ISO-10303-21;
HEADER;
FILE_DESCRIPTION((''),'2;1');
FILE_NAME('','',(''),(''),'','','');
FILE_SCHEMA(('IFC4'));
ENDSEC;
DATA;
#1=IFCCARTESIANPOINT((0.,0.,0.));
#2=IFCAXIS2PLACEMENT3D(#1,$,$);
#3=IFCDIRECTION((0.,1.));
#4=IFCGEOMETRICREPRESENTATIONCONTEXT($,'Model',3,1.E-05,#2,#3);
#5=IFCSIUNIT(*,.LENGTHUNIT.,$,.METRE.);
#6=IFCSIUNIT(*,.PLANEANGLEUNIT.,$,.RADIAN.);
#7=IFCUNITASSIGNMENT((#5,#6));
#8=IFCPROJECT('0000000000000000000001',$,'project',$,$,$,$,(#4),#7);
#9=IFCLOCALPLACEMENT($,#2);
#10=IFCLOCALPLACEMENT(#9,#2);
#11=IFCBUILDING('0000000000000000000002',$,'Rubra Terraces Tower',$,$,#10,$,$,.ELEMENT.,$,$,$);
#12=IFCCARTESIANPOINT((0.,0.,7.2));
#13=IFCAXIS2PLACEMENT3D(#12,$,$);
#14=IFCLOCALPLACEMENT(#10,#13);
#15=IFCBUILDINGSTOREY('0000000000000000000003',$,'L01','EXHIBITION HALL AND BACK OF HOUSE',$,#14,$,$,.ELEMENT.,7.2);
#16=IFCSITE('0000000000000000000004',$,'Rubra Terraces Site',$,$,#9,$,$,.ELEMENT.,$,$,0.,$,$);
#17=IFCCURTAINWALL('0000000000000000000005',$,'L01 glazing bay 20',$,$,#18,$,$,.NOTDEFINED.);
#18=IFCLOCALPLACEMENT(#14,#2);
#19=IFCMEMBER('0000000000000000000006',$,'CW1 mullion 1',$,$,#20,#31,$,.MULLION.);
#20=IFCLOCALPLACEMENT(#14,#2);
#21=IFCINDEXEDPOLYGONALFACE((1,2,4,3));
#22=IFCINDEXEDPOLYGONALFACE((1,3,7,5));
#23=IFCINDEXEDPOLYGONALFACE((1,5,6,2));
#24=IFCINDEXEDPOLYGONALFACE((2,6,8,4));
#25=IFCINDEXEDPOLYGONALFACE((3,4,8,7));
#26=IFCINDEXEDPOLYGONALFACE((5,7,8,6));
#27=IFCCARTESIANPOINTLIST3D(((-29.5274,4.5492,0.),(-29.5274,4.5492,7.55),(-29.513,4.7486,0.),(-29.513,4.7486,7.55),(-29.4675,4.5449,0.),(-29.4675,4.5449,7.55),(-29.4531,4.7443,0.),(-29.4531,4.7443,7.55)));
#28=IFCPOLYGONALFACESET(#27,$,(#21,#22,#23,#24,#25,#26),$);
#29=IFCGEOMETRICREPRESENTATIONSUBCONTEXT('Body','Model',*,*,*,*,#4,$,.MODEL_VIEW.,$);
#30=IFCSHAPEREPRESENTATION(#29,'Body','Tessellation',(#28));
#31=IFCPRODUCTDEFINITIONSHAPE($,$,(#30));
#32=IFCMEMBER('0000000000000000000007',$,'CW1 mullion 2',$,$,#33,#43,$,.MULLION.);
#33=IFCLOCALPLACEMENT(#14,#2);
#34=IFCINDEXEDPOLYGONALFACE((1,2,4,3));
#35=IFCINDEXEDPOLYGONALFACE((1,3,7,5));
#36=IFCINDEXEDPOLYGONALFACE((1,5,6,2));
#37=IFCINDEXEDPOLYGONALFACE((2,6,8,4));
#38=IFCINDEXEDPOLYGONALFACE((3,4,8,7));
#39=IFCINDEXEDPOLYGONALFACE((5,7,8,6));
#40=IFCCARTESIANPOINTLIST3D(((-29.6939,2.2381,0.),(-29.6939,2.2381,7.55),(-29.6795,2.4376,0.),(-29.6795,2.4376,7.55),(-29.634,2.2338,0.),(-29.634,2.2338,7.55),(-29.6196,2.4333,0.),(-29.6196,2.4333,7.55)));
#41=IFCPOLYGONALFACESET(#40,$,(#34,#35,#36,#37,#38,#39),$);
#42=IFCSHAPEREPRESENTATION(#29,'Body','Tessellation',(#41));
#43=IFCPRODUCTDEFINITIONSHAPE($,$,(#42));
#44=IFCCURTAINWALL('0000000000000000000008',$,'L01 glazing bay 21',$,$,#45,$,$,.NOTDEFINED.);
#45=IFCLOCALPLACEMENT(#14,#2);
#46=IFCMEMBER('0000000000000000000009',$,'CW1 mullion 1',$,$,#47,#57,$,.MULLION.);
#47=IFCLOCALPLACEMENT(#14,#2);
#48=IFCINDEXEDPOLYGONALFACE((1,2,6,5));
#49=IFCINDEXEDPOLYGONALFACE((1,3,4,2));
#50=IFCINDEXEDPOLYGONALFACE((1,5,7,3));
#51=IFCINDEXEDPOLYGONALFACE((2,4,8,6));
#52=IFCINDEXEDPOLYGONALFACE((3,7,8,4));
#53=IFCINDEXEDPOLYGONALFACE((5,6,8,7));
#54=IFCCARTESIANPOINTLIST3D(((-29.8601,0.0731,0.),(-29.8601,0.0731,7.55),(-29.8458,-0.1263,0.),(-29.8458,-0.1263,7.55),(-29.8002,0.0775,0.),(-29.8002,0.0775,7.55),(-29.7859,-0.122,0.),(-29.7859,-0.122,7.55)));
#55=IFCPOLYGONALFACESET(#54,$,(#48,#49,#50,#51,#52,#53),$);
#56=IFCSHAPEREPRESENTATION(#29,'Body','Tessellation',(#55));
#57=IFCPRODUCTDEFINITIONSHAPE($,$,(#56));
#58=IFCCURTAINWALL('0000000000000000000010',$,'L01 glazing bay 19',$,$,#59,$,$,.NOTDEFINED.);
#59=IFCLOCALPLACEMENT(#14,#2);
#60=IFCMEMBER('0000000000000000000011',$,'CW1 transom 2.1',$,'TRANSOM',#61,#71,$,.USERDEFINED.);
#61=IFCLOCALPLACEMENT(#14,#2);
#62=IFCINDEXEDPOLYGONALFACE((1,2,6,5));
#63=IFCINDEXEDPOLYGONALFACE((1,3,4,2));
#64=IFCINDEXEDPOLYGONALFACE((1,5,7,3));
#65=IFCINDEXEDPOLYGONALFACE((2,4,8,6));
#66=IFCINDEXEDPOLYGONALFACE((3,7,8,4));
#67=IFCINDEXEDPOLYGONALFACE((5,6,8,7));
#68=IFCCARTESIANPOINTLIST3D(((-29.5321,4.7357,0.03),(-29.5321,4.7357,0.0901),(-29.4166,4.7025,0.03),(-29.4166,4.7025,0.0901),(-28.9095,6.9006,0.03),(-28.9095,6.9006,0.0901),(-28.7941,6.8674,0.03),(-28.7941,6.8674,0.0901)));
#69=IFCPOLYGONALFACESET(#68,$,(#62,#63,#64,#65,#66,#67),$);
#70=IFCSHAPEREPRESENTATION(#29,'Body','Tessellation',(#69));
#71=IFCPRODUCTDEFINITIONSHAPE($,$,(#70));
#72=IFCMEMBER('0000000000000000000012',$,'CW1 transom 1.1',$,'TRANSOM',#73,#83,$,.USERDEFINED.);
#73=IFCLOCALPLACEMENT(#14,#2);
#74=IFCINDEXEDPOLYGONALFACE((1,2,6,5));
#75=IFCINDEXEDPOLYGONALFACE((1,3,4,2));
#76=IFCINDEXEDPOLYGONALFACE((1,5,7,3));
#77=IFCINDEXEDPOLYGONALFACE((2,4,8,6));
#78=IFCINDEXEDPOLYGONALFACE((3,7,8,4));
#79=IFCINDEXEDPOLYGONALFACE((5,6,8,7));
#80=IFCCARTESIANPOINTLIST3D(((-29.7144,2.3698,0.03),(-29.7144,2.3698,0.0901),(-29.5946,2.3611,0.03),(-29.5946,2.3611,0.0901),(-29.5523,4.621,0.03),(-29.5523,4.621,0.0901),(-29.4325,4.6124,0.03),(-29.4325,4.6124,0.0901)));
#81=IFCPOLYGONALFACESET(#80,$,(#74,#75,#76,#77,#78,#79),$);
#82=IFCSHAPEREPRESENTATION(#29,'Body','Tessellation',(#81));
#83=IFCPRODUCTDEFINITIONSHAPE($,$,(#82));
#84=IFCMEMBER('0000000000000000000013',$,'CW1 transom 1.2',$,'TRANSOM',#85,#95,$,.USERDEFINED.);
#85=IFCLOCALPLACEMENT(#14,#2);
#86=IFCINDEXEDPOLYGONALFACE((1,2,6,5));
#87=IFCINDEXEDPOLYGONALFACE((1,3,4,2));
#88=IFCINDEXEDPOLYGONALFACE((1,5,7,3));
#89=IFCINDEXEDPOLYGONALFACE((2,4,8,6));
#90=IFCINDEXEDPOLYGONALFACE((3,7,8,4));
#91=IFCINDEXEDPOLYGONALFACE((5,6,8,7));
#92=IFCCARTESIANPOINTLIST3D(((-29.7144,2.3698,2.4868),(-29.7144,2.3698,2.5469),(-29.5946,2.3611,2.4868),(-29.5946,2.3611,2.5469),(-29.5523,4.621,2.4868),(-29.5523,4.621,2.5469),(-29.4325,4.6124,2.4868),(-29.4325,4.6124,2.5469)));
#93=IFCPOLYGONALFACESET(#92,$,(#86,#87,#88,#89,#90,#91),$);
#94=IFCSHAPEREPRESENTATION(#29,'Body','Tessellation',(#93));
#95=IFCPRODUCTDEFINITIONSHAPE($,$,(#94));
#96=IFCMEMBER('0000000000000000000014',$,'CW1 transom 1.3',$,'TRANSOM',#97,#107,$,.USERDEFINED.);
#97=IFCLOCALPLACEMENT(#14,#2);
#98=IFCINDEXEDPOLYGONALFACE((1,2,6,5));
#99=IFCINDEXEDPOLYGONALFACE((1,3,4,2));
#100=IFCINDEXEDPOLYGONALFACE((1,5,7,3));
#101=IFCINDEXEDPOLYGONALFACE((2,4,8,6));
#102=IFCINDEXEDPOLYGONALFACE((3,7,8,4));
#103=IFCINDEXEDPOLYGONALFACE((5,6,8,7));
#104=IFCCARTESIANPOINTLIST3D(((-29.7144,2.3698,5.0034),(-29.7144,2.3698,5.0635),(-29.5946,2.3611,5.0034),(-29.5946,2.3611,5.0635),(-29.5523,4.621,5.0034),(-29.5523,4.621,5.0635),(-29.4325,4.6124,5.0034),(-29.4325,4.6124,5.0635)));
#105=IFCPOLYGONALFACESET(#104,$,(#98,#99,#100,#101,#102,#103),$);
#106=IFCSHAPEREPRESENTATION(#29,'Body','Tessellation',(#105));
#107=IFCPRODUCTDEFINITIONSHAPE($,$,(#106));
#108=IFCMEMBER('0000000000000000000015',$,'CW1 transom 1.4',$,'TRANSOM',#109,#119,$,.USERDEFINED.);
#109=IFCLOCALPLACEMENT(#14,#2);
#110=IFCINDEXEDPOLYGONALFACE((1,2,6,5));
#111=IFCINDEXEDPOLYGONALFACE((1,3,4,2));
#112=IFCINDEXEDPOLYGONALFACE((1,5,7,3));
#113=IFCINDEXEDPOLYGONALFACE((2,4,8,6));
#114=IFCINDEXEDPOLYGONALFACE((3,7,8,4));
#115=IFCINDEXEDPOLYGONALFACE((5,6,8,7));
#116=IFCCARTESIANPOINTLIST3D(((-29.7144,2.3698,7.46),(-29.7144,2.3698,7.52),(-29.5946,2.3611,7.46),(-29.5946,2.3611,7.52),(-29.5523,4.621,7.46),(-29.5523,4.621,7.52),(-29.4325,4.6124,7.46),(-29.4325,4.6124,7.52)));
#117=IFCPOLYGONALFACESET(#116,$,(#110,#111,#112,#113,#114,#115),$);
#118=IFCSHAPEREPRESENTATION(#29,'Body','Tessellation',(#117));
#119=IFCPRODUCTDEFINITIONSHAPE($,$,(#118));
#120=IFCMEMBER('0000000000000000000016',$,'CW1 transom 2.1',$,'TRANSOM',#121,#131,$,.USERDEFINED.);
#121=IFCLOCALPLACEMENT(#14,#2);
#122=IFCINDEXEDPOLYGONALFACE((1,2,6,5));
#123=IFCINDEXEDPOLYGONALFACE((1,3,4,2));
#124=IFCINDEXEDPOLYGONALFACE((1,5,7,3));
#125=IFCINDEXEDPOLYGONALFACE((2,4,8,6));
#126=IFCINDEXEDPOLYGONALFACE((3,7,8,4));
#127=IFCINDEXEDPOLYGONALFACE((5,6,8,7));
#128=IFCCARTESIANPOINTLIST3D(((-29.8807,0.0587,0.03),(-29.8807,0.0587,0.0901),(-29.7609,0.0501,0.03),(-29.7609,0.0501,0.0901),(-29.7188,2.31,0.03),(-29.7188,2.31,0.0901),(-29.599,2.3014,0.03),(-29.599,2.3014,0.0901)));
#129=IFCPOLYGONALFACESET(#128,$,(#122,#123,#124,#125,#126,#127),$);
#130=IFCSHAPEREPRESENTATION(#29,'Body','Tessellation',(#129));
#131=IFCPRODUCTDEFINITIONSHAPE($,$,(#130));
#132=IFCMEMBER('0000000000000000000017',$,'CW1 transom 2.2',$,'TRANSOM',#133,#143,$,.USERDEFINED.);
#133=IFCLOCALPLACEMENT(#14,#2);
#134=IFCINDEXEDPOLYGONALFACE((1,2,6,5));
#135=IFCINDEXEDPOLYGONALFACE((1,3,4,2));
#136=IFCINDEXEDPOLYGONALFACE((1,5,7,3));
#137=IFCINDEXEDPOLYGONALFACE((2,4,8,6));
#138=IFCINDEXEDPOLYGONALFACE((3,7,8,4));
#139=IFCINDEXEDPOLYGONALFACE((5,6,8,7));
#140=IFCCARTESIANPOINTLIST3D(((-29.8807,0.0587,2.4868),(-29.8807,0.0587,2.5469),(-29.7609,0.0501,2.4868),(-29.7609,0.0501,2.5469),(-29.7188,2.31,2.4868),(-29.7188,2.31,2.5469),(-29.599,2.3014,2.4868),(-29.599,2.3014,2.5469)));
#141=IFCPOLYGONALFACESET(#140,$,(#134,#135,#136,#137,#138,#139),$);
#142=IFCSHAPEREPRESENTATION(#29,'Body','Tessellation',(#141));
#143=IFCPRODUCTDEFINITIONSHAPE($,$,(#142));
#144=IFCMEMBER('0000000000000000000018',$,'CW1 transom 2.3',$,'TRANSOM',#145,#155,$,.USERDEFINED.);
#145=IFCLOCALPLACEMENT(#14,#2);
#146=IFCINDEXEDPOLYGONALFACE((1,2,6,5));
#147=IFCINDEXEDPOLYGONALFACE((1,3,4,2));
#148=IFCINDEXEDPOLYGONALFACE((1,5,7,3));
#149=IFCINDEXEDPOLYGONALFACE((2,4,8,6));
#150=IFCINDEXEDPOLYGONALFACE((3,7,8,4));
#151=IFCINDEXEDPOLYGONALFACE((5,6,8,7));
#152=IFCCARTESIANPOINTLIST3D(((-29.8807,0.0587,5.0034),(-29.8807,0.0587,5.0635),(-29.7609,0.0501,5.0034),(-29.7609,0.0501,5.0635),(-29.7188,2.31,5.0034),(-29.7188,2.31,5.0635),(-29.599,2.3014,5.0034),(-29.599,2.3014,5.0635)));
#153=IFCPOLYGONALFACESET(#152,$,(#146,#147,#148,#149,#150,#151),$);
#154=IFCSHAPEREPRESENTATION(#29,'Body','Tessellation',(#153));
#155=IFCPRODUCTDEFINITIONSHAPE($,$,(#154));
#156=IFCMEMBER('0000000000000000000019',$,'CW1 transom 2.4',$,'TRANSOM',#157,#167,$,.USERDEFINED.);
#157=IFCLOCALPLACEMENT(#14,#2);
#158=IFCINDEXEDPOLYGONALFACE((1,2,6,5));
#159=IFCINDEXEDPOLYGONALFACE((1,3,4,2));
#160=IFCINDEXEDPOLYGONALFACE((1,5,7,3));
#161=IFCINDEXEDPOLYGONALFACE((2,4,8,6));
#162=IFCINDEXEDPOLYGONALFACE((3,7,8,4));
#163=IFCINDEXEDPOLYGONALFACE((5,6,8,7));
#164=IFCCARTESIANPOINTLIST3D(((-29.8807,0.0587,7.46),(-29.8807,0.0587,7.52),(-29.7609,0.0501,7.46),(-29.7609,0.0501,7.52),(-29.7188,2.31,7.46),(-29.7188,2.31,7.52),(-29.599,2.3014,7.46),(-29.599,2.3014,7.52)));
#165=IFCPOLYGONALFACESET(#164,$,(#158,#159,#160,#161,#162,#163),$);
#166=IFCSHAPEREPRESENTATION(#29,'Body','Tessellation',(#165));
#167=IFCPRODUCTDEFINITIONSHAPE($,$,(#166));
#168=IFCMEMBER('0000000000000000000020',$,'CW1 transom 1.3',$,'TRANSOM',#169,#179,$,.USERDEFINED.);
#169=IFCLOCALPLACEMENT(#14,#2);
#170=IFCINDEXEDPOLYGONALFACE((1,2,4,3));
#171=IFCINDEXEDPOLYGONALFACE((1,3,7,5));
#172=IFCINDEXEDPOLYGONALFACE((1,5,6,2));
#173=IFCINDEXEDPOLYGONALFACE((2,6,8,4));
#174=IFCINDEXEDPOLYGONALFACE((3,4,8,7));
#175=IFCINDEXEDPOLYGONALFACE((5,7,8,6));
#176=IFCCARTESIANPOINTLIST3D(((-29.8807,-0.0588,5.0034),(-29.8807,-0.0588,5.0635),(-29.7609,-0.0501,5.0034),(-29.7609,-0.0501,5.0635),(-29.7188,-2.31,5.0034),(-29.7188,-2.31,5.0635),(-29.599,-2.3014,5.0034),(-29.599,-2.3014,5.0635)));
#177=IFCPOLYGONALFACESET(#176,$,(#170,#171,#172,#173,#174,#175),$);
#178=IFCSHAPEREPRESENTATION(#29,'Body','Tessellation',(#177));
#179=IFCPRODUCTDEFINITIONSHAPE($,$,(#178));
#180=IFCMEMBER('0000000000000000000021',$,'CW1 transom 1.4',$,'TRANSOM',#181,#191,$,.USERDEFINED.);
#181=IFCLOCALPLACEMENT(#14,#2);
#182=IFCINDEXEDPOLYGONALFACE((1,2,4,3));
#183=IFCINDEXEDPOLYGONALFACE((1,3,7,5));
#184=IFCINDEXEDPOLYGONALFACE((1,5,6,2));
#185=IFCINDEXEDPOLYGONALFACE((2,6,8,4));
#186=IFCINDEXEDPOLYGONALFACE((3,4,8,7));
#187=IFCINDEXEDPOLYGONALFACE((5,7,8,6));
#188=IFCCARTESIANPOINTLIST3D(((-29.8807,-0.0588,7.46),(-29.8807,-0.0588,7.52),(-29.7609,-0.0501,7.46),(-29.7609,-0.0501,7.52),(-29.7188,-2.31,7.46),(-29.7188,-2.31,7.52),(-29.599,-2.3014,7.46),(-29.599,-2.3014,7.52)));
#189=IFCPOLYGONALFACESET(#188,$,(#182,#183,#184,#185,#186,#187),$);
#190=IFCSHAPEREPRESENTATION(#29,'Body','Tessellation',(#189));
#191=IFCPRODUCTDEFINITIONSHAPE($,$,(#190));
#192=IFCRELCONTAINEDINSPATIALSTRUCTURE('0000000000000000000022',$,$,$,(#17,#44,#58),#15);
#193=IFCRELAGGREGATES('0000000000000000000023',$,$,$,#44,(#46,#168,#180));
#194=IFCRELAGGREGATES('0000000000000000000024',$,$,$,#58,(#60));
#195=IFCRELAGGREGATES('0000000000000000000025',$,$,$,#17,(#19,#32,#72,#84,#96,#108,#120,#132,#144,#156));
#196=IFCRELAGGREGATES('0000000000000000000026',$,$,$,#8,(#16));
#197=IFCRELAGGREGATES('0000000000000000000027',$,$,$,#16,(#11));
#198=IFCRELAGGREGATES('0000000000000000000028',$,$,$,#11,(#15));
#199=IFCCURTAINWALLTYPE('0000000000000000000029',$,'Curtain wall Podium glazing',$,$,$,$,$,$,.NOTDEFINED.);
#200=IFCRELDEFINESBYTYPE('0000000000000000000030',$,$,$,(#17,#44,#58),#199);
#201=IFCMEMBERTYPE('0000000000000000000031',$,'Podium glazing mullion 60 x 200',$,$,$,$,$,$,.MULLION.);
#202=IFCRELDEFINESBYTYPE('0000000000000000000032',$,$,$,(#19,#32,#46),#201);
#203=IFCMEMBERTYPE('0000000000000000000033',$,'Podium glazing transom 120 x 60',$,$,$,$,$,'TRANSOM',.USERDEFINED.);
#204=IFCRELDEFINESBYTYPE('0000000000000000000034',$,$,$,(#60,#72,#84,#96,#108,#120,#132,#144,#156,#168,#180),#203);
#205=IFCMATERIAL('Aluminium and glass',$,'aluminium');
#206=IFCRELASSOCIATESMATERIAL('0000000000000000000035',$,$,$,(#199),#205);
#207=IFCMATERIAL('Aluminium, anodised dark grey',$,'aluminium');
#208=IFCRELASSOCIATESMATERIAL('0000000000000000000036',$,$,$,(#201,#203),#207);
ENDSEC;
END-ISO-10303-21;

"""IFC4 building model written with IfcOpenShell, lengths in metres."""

from ifc_helpers import new_model, si_unit, direction, frame, origin, origin_2d, place, context, subcontext, project, spatial, rectangle, extrude, material, material_profile, profile_set, type_object, element, aggregate, save


model = new_model("IFC4")

# Units and contexts
model_context = context("Model", 3, precision=1e-05, world=origin(), true_north=direction((0.0, 1.0)))
body_context = subcontext(model_context, "Body", "Model", "MODEL_VIEW")
ifc_project = project(units=[si_unit("LENGTHUNIT", "METRE"), si_unit("PLANEANGLEUNIT", "RADIAN")], contexts=[model_context])

# Site, building, storey
site_placement = place(None, origin())
site = spatial("IfcSite", under=ifc_project, at=site_placement, Name="Rubra Terraces Site", CompositionType="ELEMENT", RefElevation=0.0)
building_placement = place(site_placement, origin())
building = spatial("IfcBuilding", under=site, at=building_placement, Name="Rubra Terraces Tower", CompositionType="ELEMENT")
storey_placement = place(building_placement, frame((0.0, 0.0, 7.2)))
storey = spatial("IfcBuildingStorey", under=building, at=storey_placement, Name="L01", Description="EXHIBITION HALL AND BACK OF HOUSE", CompositionType="ELEMENT", Elevation=7.2)

# Curtain wall, members
ifc_material_1 = material(Name="Aluminium and glass", Category="aluminium")
curtain_wall_type = type_object("IfcCurtainWallType", Name="Curtain wall Podium glazing", PredefinedType="NOTDEFINED", material=ifc_material_1)
curtain_wall_1_placement = place(storey_placement, origin())
curtain_wall_1 = element("IfcCurtainWall", 1, at=curtain_wall_1_placement, inside=storey, type_object=curtain_wall_type, Name="L01 glazing bay 20", PredefinedType="NOTDEFINED")
ifc_material_2 = material(Name="Aluminium, anodised dark grey", Category="aluminium")
ifc_material_profile_1 = material_profile(ifc_material_2, rectangle(XDim=0.0601, YDim=0.2, at=origin_2d()), Name="AL 60x200")
ifc_profile_set_1 = profile_set([ifc_material_profile_1], Name="Aluminium, anodised dark grey")
member_type_1 = type_object("IfcMemberType", Name="Podium glazing mullion 60 x 200", PredefinedType="MULLION", material=ifc_profile_set_1)
member_1_placement = place(storey_placement, frame((-29.4902, 4.6467, 0.0), z_axis=(0.0, 0.0, 1.0), x_axis=(0.99742, -0.071792, 0.0)))
member_1 = element("IfcMember", 2, at=member_1_placement, type_object=member_type_1, Name="CW1 mullion 1", PredefinedType="MULLION", context=body_context, shape_type="SweptSolid", body=[
    extrude(rectangle(XDim=0.0601, YDim=0.2, at=origin_2d()), origin(), (0.0, 0.0, 1.0), 7.55),
])
member_2_placement = place(storey_placement, frame((-29.6567, 2.3357, 0.0), z_axis=(0.0, 0.0, 1.0), x_axis=(0.99742, -0.071792, 0.0)))
member_2 = element("IfcMember", 3, at=member_2_placement, type_object=member_type_1, Name="CW1 mullion 2", PredefinedType="MULLION", context=body_context, shape_type="SweptSolid", body=[
    extrude(rectangle(XDim=0.0601, YDim=0.2, at=origin_2d()), origin(), (0.0, 0.0, 1.0), 7.55),
])

# Curtain walls, members
curtain_wall_2_placement = place(storey_placement, origin())
curtain_wall_2 = element("IfcCurtainWall", 4, at=curtain_wall_2_placement, inside=storey, type_object=curtain_wall_type, Name="L01 glazing bay 21", PredefinedType="NOTDEFINED")
member_3_placement = place(storey_placement, frame((-29.823, -0.0244, 0.0), z_axis=(0.0, 0.0, 1.0), x_axis=(0.99742, 0.071792, 0.0)))
member_3 = element("IfcMember", 5, at=member_3_placement, type_object=member_type_1, Name="CW1 mullion 1", PredefinedType="MULLION", context=body_context, shape_type="SweptSolid", body=[
    extrude(rectangle(XDim=0.0601, YDim=0.2, at=origin_2d()), origin(), (0.0, 0.0, 1.0), 7.55),
])
curtain_wall_3_placement = place(storey_placement, origin())
curtain_wall_3 = element("IfcCurtainWall", 6, at=curtain_wall_3_placement, inside=storey, type_object=curtain_wall_type, Name="L01 glazing bay 19", PredefinedType="NOTDEFINED")
ifc_material_profile_2 = material_profile(ifc_material_2, rectangle(XDim=0.1201, YDim=0.0601, at=origin_2d()), Name="AL 120x60")
ifc_profile_set_2 = profile_set([ifc_material_profile_2], Name="Aluminium, anodised dark grey")
member_type_2 = type_object("IfcMemberType", Name="Podium glazing transom 120 x 60", ElementType="TRANSOM", PredefinedType="USERDEFINED", material=ifc_profile_set_2)
member_4_placement = place(storey_placement, frame((-28.8518, 6.884, 0.0601), z_axis=(-0.276352, -0.961056, 0.0), x_axis=(0.961056, -0.276352, 0.0)))
member_4 = element("IfcMember", 7, at=member_4_placement, type_object=member_type_2, Name="CW1 transom 2.1", ObjectType="TRANSOM", PredefinedType="USERDEFINED", context=body_context, shape_type="SweptSolid", body=[
    extrude(rectangle(XDim=0.1201, YDim=0.0601, at=origin_2d()), origin(), (0.0, 0.0, 1.0), 2.2527),
])

# Members
member_5_placement = place(storey_placement, frame((-29.4924, 4.6167, 0.0601), z_axis=(-0.071824, -0.997417, 0.0), x_axis=(0.997417, -0.071824, 0.0)))
member_5 = element("IfcMember", 8, at=member_5_placement, type_object=member_type_2, Name="CW1 transom 1.1", ObjectType="TRANSOM", PredefinedType="USERDEFINED", context=body_context, shape_type="SweptSolid", body=[
    extrude(rectangle(XDim=0.1201, YDim=0.0601, at=origin_2d()), origin(), (0.0, 0.0, 1.0), 2.2571),
])
member_6_placement = place(storey_placement, frame((-29.4924, 4.6167, 2.5168), z_axis=(-0.071824, -0.997417, 0.0), x_axis=(0.997417, -0.071824, 0.0)))
member_6 = element("IfcMember", 9, at=member_6_placement, type_object=member_type_2, Name="CW1 transom 1.2", ObjectType="TRANSOM", PredefinedType="USERDEFINED", context=body_context, shape_type="SweptSolid", body=[
    extrude(rectangle(XDim=0.1201, YDim=0.0601, at=origin_2d()), origin(), (0.0, 0.0, 1.0), 2.2571),
])
member_7_placement = place(storey_placement, frame((-29.4924, 4.6167, 5.0334), z_axis=(-0.071824, -0.997417, 0.0), x_axis=(0.997417, -0.071824, 0.0)))
member_7 = element("IfcMember", 10, at=member_7_placement, type_object=member_type_2, Name="CW1 transom 1.3", ObjectType="TRANSOM", PredefinedType="USERDEFINED", context=body_context, shape_type="SweptSolid", body=[
    extrude(rectangle(XDim=0.1201, YDim=0.0601, at=origin_2d()), origin(), (0.0, 0.0, 1.0), 2.2571),
])
member_8_placement = place(storey_placement, frame((-29.4924, 4.6167, 7.49), z_axis=(-0.071824, -0.997417, 0.0), x_axis=(0.997417, -0.071824, 0.0)))
member_8 = element("IfcMember", 11, at=member_8_placement, type_object=member_type_2, Name="CW1 transom 1.4", ObjectType="TRANSOM", PredefinedType="USERDEFINED", context=body_context, shape_type="SweptSolid", body=[
    extrude(rectangle(XDim=0.1201, YDim=0.0601, at=origin_2d()), origin(), (0.0, 0.0, 1.0), 2.2571),
])
member_9_placement = place(storey_placement, frame((-29.6589, 2.3057, 0.0601), z_axis=(-0.071716, -0.997425, 0.0), x_axis=(0.997425, -0.071716, 0.0)))
member_9 = element("IfcMember", 12, at=member_9_placement, type_object=member_type_2, Name="CW1 transom 2.1", ObjectType="TRANSOM", PredefinedType="USERDEFINED", context=body_context, shape_type="SweptSolid", body=[
    extrude(rectangle(XDim=0.1201, YDim=0.0601, at=origin_2d()), origin(), (0.0, 0.0, 1.0), 2.2571),
])
member_10_placement = place(storey_placement, frame((-29.6589, 2.3057, 2.5168), z_axis=(-0.071716, -0.997425, 0.0), x_axis=(0.997425, -0.071716, 0.0)))
member_10 = element("IfcMember", 13, at=member_10_placement, type_object=member_type_2, Name="CW1 transom 2.2", ObjectType="TRANSOM", PredefinedType="USERDEFINED", context=body_context, shape_type="SweptSolid", body=[
    extrude(rectangle(XDim=0.1201, YDim=0.0601, at=origin_2d()), origin(), (0.0, 0.0, 1.0), 2.2571),
])
member_11_placement = place(storey_placement, frame((-29.6589, 2.3057, 5.0334), z_axis=(-0.071716, -0.997425, 0.0), x_axis=(0.997425, -0.071716, 0.0)))
member_11 = element("IfcMember", 14, at=member_11_placement, type_object=member_type_2, Name="CW1 transom 2.3", ObjectType="TRANSOM", PredefinedType="USERDEFINED", context=body_context, shape_type="SweptSolid", body=[
    extrude(rectangle(XDim=0.1201, YDim=0.0601, at=origin_2d()), origin(), (0.0, 0.0, 1.0), 2.2571),
])
member_12_placement = place(storey_placement, frame((-29.6589, 2.3057, 7.49), z_axis=(-0.071716, -0.997425, 0.0), x_axis=(0.997425, -0.071716, 0.0)))
member_12 = element("IfcMember", 15, at=member_12_placement, type_object=member_type_2, Name="CW1 transom 2.4", ObjectType="TRANSOM", PredefinedType="USERDEFINED", context=body_context, shape_type="SweptSolid", body=[
    extrude(rectangle(XDim=0.1201, YDim=0.0601, at=origin_2d()), origin(), (0.0, 0.0, 1.0), 2.2571),
])
member_13_placement = place(storey_placement, frame((-29.8208, -0.0544, 5.0334), z_axis=(0.071716, -0.997425, 0.0), x_axis=(0.997425, 0.071716, 0.0)))
member_13 = element("IfcMember", 16, at=member_13_placement, type_object=member_type_2, Name="CW1 transom 1.3", ObjectType="TRANSOM", PredefinedType="USERDEFINED", context=body_context, shape_type="SweptSolid", body=[
    extrude(rectangle(XDim=0.1201, YDim=0.0601, at=origin_2d()), origin(), (0.0, 0.0, 1.0), 2.2571),
])
member_14_placement = place(storey_placement, frame((-29.8208, -0.0544, 7.49), z_axis=(0.071716, -0.997425, 0.0), x_axis=(0.997425, 0.071716, 0.0)))
member_14 = element("IfcMember", 17, at=member_14_placement, type_object=member_type_2, Name="CW1 transom 1.4", ObjectType="TRANSOM", PredefinedType="USERDEFINED", context=body_context, shape_type="SweptSolid", body=[
    extrude(rectangle(XDim=0.1201, YDim=0.0601, at=origin_2d()), origin(), (0.0, 0.0, 1.0), 2.2571),
])
aggregate(curtain_wall_2, [member_3, member_13, member_14])

aggregate(curtain_wall_3, [member_4])
aggregate(curtain_wall_1, [member_1, member_2, member_5, member_6, member_7, member_8, member_9, member_10, member_11, member_12])

save(model, "model.ifc")
